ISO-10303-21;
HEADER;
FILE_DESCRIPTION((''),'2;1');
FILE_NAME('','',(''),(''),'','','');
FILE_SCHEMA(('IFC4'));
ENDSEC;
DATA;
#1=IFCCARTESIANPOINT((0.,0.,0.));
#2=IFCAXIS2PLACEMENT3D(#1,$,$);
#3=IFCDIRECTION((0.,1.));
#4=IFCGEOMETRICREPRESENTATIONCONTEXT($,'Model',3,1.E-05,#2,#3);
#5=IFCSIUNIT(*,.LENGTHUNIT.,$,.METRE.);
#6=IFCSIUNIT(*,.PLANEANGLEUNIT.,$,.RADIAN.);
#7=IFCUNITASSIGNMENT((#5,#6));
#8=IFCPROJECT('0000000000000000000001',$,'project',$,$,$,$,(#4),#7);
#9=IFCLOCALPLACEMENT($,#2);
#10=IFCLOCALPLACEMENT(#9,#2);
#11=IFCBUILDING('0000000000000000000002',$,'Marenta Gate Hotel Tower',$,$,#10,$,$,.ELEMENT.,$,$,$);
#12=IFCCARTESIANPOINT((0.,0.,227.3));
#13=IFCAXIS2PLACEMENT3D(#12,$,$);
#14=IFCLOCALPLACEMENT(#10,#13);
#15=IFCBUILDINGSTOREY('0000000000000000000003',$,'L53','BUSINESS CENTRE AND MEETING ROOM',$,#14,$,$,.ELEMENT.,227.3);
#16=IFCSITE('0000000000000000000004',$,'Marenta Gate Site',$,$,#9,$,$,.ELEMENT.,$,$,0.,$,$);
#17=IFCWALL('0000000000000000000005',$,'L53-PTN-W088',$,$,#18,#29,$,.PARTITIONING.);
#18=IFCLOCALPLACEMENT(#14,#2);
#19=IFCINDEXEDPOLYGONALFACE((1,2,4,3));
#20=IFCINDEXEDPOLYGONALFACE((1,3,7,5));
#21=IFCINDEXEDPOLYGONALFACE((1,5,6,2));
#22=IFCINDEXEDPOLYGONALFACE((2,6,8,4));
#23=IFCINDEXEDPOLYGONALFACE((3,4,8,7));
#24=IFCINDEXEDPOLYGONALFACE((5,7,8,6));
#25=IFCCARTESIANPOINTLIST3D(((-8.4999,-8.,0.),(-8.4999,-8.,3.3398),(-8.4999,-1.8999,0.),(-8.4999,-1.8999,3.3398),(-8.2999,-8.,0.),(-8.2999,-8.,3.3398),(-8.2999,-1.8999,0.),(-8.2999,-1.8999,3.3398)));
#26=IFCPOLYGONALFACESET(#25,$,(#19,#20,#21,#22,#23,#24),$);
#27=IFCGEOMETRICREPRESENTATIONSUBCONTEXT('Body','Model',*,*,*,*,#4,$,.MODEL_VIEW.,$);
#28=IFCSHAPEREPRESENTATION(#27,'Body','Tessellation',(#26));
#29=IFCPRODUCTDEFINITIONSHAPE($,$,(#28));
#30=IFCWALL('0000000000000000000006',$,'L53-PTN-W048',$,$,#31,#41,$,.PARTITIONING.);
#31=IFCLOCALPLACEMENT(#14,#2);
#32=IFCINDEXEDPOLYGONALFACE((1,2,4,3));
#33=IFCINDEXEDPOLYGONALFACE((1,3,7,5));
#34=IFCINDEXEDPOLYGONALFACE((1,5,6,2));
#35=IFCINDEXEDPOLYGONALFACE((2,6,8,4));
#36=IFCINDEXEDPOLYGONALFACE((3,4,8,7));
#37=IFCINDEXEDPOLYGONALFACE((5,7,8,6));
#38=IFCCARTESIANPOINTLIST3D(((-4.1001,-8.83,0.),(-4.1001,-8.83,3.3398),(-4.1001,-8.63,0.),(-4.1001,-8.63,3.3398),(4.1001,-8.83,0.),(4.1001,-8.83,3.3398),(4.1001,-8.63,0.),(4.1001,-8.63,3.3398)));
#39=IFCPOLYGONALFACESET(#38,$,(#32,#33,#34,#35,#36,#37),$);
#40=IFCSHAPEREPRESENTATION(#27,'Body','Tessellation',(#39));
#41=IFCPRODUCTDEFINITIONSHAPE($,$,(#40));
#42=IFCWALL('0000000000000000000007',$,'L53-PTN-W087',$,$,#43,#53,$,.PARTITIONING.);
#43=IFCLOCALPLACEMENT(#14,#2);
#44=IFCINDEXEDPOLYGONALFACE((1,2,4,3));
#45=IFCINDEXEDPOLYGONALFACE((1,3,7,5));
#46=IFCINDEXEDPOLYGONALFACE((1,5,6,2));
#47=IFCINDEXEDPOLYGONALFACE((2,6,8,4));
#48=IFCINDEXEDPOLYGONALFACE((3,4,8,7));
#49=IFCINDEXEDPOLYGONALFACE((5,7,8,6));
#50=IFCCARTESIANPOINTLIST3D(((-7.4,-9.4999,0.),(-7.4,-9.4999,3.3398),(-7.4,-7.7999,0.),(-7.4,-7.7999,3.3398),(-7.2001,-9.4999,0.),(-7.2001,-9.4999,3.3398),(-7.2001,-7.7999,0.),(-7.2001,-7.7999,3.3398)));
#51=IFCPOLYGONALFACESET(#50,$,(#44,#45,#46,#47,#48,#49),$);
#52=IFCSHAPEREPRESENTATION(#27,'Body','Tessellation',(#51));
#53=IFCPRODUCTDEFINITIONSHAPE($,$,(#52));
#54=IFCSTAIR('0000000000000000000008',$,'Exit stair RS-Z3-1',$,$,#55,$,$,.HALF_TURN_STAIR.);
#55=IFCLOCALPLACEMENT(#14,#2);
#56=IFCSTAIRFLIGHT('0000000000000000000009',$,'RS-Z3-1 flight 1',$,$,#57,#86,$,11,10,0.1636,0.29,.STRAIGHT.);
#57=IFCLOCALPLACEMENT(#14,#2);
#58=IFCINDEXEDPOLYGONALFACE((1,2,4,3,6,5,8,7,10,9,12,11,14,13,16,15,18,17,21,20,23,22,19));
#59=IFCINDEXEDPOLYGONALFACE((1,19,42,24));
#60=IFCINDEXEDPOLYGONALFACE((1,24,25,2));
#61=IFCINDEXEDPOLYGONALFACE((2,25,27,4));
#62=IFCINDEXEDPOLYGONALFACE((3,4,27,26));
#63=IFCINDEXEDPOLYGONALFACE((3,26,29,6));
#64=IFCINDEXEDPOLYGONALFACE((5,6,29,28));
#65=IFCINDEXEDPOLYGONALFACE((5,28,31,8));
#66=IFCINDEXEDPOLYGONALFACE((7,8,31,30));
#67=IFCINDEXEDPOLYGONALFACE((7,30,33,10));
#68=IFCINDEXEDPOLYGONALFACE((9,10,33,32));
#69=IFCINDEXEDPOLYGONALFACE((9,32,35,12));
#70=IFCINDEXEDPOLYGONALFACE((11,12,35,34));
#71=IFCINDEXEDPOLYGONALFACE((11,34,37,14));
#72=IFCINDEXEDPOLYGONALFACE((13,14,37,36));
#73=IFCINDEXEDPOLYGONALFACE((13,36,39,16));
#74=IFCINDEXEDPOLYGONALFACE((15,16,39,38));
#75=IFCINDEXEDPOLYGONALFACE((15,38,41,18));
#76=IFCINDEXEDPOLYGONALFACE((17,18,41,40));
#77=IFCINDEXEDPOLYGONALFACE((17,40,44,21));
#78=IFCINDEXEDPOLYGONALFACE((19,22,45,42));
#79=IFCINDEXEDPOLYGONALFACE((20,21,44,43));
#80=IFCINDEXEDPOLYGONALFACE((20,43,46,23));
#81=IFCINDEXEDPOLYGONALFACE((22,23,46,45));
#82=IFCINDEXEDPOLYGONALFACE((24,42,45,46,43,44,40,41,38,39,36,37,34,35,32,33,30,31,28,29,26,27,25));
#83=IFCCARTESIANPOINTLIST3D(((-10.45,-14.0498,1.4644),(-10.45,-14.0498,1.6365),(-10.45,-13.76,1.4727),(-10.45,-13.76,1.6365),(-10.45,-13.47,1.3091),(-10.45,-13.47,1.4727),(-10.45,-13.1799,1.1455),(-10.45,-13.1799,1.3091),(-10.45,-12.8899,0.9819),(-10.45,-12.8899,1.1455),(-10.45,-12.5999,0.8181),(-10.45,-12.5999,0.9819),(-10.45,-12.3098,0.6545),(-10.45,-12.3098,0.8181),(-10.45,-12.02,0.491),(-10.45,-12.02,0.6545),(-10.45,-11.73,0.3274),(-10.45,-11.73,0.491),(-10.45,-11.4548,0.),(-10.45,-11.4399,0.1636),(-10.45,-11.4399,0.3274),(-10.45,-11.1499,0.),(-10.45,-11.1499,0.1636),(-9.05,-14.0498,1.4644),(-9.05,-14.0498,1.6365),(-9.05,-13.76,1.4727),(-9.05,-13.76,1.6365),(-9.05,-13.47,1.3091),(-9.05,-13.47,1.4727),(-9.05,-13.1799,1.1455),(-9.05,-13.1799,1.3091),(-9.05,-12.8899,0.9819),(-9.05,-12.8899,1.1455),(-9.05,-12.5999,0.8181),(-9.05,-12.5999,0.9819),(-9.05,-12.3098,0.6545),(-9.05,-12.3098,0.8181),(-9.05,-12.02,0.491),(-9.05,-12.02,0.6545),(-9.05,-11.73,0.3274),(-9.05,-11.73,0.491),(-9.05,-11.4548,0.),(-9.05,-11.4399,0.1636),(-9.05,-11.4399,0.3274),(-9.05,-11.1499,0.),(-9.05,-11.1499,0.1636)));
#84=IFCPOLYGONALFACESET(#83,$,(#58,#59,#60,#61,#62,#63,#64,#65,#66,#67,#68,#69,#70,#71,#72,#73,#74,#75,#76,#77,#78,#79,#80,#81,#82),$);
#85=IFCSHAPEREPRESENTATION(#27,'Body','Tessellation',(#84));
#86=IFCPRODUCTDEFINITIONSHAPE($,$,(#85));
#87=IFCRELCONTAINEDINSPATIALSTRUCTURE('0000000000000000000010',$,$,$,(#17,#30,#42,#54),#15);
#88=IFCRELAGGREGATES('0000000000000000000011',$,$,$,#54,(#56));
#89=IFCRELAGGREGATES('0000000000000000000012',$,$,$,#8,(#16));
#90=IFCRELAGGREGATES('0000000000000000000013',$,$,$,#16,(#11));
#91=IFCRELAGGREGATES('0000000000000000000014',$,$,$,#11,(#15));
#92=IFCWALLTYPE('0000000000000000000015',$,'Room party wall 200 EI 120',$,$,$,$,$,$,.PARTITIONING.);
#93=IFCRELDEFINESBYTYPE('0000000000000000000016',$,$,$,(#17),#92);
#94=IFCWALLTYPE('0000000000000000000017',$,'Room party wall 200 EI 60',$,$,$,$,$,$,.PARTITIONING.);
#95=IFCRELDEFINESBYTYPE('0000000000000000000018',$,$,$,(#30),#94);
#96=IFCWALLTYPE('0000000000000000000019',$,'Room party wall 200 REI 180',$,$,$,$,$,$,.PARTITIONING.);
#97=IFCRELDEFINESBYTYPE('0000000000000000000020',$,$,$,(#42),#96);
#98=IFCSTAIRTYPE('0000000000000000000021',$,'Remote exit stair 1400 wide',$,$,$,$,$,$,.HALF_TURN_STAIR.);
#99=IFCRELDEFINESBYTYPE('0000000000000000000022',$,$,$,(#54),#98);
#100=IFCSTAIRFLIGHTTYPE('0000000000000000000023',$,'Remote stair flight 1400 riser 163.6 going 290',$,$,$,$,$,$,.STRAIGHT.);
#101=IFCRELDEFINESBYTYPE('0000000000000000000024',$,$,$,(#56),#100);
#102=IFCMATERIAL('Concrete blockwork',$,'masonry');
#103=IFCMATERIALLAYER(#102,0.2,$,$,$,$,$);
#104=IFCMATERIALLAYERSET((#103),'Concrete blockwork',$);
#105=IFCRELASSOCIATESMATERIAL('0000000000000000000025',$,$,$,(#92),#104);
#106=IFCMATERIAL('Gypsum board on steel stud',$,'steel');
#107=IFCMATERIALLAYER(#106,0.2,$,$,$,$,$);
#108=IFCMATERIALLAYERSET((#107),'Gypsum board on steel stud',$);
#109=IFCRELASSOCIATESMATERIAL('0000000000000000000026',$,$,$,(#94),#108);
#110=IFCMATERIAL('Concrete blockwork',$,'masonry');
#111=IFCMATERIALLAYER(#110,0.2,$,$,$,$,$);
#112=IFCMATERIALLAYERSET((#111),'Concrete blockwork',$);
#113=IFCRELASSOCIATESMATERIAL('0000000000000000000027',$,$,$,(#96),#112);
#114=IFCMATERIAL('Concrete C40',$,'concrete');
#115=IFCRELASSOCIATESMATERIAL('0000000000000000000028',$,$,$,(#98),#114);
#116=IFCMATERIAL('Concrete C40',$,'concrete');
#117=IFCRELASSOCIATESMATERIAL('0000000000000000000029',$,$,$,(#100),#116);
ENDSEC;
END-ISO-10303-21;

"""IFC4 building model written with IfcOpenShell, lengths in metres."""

from ifc_helpers import new_model, si_unit, direction, frame, frame_2d, origin, place, context, subcontext, project, spatial, polyline, rectangle, outline, extrude, material, layer, layer_set, type_object, element, aggregate, save


model = new_model("IFC4")

# Units and contexts
model_context = context("Model", 3, precision=1e-05, world=origin(), true_north=direction((0.0, 1.0)))
body_context = subcontext(model_context, "Body", "Model", "MODEL_VIEW")
ifc_project = project(units=[si_unit("LENGTHUNIT", "METRE"), si_unit("PLANEANGLEUNIT", "RADIAN")], contexts=[model_context])

# Site, building, storey
site_placement = place(None, origin())
site = spatial("IfcSite", under=ifc_project, at=site_placement, Name="Marenta Gate Site", CompositionType="ELEMENT", RefElevation=0.0)
building_placement = place(site_placement, origin())
building = spatial("IfcBuilding", under=site, at=building_placement, Name="Marenta Gate Hotel Tower", CompositionType="ELEMENT")
storey_placement = place(building_placement, frame((0.0, 0.0, 227.3)))
storey = spatial("IfcBuildingStorey", under=building, at=storey_placement, Name="L53", Description="BUSINESS CENTRE AND MEETING ROOM", CompositionType="ELEMENT", Elevation=227.3)

# Walls
ifc_material_1 = material(Name="Concrete blockwork", Category="masonry")
ifc_layer_1 = layer(ifc_material_1, 0.2)
ifc_layer_set_1 = layer_set([ifc_layer_1], Name="Concrete blockwork")
wall_type_1 = type_object("IfcWallType", Name="Room party wall 200 EI 120", PredefinedType="PARTITIONING", material=ifc_layer_set_1)
wall_1_placement = place(storey_placement, frame((-8.3999, -8.0, 0.0), z_axis=(0.0, 0.0, 1.0), x_axis=(0.0, 1.0, 0.0)))
element("IfcWall", 1, at=wall_1_placement, inside=storey, type_object=wall_type_1, Name="L53-PTN-W088", PredefinedType="PARTITIONING", context=body_context, shape_type="SweptSolid", body=[
    extrude(rectangle(XDim=6.1001, YDim=0.2, at=frame_2d((3.05, 0.0))), origin(), (0.0, 0.0, 1.0), 3.3398),
])
ifc_material_2 = material(Name="Gypsum board on steel stud", Category="steel")
ifc_layer_2 = layer(ifc_material_2, 0.2)
ifc_layer_set_2 = layer_set([ifc_layer_2], Name="Gypsum board on steel stud")
wall_type_2 = type_object("IfcWallType", Name="Room party wall 200 EI 60", PredefinedType="PARTITIONING", material=ifc_layer_set_2)
wall_2_placement = place(storey_placement, frame((-4.1001, -8.73, 0.0), z_axis=(0.0, 0.0, 1.0), x_axis=(1.0, 0.0, 0.0)))
element("IfcWall", 2, at=wall_2_placement, inside=storey, type_object=wall_type_2, Name="L53-PTN-W048", PredefinedType="PARTITIONING", context=body_context, shape_type="SweptSolid", body=[
    extrude(rectangle(XDim=8.2002, YDim=0.2, at=frame_2d((4.1001, 0.0))), origin(), (0.0, 0.0, 1.0), 3.3398),
])
ifc_material_3 = material(Name="Concrete blockwork", Category="masonry")
ifc_layer_3 = layer(ifc_material_3, 0.2)
ifc_layer_set_3 = layer_set([ifc_layer_3], Name="Concrete blockwork")
wall_type_3 = type_object("IfcWallType", Name="Room party wall 200 REI 180", PredefinedType="PARTITIONING", material=ifc_layer_set_3)
wall_3_placement = place(storey_placement, frame((-7.3, -9.5, 0.0), z_axis=(0.0, 0.0, 1.0), x_axis=(0.0, 1.0, 0.0)))
element("IfcWall", 3, at=wall_3_placement, inside=storey, type_object=wall_type_3, Name="L53-PTN-W087", PredefinedType="PARTITIONING", context=body_context, shape_type="SweptSolid", body=[
    extrude(rectangle(XDim=1.7, YDim=0.2, at=frame_2d((0.8501, 0.0))), origin(), (0.0, 0.0, 1.0), 3.3398),
])

# Stair, stair flight
ifc_material_4 = material(Name="Concrete C40", Category="concrete")
stair_type = type_object("IfcStairType", Name="Remote exit stair 1400 wide", PredefinedType="HALF_TURN_STAIR", material=ifc_material_4)
stair_placement = place(storey_placement, origin())
stair = element("IfcStair", 4, at=stair_placement, inside=storey, type_object=stair_type, Name="Exit stair RS-Z3-1", PredefinedType="HALF_TURN_STAIR")
ifc_material_5 = material(Name="Concrete C40", Category="concrete")
stair_flight_type = type_object("IfcStairFlightType", Name="Remote stair flight 1400 riser 163.6 going 290", PredefinedType="STRAIGHT", material=ifc_material_5)
stair_flight_placement = place(storey_placement, frame((-9.75, -11.1499, 0.0), z_axis=(0.0, 0.0, 1.0), x_axis=(0.0, -1.0, 0.0)))
stair_flight = element("IfcStairFlight", 5, at=stair_flight_placement, type_object=stair_flight_type, Name="RS-Z3-1 flight 1", NumberOfRisers=11, NumberOfTreads=10, PredefinedType="STRAIGHT", RiserHeight=0.1636, TreadLength=0.29, context=body_context, shape_type="SweptSolid", body=[
    extrude(outline(polyline([(0.0, 0.0), (0.0, 0.1636), (0.29, 0.1636), (0.29, 0.3274), (0.5801, 0.3274), (0.5801, 0.491), (0.8701, 0.491), (0.8701, 0.6545), (1.1599, 0.6545), (1.1599, 0.8181), (1.45, 0.8181), (1.45, 0.9819), (1.74, 0.9819), (1.74, 1.1455), (2.03, 1.1455), (2.03, 1.3091), (2.3201, 1.3091), (2.3201, 1.4727), (2.6101, 1.4727), (2.6101, 1.6365), (2.8999, 1.6365), (2.8999, 1.8), (2.8999, 1.4644), (0.3049, 0.0), (0.0, 0.0)])), frame((0.0, 0.7, 0.0), z_axis=(0.0, -1.0, 0.0), x_axis=(1.0, 0.0, 0.0)), (0.0, 0.0, 1.0), 1.3999),
])
aggregate(stair, [stair_flight])

save(model, "model.ifc")
